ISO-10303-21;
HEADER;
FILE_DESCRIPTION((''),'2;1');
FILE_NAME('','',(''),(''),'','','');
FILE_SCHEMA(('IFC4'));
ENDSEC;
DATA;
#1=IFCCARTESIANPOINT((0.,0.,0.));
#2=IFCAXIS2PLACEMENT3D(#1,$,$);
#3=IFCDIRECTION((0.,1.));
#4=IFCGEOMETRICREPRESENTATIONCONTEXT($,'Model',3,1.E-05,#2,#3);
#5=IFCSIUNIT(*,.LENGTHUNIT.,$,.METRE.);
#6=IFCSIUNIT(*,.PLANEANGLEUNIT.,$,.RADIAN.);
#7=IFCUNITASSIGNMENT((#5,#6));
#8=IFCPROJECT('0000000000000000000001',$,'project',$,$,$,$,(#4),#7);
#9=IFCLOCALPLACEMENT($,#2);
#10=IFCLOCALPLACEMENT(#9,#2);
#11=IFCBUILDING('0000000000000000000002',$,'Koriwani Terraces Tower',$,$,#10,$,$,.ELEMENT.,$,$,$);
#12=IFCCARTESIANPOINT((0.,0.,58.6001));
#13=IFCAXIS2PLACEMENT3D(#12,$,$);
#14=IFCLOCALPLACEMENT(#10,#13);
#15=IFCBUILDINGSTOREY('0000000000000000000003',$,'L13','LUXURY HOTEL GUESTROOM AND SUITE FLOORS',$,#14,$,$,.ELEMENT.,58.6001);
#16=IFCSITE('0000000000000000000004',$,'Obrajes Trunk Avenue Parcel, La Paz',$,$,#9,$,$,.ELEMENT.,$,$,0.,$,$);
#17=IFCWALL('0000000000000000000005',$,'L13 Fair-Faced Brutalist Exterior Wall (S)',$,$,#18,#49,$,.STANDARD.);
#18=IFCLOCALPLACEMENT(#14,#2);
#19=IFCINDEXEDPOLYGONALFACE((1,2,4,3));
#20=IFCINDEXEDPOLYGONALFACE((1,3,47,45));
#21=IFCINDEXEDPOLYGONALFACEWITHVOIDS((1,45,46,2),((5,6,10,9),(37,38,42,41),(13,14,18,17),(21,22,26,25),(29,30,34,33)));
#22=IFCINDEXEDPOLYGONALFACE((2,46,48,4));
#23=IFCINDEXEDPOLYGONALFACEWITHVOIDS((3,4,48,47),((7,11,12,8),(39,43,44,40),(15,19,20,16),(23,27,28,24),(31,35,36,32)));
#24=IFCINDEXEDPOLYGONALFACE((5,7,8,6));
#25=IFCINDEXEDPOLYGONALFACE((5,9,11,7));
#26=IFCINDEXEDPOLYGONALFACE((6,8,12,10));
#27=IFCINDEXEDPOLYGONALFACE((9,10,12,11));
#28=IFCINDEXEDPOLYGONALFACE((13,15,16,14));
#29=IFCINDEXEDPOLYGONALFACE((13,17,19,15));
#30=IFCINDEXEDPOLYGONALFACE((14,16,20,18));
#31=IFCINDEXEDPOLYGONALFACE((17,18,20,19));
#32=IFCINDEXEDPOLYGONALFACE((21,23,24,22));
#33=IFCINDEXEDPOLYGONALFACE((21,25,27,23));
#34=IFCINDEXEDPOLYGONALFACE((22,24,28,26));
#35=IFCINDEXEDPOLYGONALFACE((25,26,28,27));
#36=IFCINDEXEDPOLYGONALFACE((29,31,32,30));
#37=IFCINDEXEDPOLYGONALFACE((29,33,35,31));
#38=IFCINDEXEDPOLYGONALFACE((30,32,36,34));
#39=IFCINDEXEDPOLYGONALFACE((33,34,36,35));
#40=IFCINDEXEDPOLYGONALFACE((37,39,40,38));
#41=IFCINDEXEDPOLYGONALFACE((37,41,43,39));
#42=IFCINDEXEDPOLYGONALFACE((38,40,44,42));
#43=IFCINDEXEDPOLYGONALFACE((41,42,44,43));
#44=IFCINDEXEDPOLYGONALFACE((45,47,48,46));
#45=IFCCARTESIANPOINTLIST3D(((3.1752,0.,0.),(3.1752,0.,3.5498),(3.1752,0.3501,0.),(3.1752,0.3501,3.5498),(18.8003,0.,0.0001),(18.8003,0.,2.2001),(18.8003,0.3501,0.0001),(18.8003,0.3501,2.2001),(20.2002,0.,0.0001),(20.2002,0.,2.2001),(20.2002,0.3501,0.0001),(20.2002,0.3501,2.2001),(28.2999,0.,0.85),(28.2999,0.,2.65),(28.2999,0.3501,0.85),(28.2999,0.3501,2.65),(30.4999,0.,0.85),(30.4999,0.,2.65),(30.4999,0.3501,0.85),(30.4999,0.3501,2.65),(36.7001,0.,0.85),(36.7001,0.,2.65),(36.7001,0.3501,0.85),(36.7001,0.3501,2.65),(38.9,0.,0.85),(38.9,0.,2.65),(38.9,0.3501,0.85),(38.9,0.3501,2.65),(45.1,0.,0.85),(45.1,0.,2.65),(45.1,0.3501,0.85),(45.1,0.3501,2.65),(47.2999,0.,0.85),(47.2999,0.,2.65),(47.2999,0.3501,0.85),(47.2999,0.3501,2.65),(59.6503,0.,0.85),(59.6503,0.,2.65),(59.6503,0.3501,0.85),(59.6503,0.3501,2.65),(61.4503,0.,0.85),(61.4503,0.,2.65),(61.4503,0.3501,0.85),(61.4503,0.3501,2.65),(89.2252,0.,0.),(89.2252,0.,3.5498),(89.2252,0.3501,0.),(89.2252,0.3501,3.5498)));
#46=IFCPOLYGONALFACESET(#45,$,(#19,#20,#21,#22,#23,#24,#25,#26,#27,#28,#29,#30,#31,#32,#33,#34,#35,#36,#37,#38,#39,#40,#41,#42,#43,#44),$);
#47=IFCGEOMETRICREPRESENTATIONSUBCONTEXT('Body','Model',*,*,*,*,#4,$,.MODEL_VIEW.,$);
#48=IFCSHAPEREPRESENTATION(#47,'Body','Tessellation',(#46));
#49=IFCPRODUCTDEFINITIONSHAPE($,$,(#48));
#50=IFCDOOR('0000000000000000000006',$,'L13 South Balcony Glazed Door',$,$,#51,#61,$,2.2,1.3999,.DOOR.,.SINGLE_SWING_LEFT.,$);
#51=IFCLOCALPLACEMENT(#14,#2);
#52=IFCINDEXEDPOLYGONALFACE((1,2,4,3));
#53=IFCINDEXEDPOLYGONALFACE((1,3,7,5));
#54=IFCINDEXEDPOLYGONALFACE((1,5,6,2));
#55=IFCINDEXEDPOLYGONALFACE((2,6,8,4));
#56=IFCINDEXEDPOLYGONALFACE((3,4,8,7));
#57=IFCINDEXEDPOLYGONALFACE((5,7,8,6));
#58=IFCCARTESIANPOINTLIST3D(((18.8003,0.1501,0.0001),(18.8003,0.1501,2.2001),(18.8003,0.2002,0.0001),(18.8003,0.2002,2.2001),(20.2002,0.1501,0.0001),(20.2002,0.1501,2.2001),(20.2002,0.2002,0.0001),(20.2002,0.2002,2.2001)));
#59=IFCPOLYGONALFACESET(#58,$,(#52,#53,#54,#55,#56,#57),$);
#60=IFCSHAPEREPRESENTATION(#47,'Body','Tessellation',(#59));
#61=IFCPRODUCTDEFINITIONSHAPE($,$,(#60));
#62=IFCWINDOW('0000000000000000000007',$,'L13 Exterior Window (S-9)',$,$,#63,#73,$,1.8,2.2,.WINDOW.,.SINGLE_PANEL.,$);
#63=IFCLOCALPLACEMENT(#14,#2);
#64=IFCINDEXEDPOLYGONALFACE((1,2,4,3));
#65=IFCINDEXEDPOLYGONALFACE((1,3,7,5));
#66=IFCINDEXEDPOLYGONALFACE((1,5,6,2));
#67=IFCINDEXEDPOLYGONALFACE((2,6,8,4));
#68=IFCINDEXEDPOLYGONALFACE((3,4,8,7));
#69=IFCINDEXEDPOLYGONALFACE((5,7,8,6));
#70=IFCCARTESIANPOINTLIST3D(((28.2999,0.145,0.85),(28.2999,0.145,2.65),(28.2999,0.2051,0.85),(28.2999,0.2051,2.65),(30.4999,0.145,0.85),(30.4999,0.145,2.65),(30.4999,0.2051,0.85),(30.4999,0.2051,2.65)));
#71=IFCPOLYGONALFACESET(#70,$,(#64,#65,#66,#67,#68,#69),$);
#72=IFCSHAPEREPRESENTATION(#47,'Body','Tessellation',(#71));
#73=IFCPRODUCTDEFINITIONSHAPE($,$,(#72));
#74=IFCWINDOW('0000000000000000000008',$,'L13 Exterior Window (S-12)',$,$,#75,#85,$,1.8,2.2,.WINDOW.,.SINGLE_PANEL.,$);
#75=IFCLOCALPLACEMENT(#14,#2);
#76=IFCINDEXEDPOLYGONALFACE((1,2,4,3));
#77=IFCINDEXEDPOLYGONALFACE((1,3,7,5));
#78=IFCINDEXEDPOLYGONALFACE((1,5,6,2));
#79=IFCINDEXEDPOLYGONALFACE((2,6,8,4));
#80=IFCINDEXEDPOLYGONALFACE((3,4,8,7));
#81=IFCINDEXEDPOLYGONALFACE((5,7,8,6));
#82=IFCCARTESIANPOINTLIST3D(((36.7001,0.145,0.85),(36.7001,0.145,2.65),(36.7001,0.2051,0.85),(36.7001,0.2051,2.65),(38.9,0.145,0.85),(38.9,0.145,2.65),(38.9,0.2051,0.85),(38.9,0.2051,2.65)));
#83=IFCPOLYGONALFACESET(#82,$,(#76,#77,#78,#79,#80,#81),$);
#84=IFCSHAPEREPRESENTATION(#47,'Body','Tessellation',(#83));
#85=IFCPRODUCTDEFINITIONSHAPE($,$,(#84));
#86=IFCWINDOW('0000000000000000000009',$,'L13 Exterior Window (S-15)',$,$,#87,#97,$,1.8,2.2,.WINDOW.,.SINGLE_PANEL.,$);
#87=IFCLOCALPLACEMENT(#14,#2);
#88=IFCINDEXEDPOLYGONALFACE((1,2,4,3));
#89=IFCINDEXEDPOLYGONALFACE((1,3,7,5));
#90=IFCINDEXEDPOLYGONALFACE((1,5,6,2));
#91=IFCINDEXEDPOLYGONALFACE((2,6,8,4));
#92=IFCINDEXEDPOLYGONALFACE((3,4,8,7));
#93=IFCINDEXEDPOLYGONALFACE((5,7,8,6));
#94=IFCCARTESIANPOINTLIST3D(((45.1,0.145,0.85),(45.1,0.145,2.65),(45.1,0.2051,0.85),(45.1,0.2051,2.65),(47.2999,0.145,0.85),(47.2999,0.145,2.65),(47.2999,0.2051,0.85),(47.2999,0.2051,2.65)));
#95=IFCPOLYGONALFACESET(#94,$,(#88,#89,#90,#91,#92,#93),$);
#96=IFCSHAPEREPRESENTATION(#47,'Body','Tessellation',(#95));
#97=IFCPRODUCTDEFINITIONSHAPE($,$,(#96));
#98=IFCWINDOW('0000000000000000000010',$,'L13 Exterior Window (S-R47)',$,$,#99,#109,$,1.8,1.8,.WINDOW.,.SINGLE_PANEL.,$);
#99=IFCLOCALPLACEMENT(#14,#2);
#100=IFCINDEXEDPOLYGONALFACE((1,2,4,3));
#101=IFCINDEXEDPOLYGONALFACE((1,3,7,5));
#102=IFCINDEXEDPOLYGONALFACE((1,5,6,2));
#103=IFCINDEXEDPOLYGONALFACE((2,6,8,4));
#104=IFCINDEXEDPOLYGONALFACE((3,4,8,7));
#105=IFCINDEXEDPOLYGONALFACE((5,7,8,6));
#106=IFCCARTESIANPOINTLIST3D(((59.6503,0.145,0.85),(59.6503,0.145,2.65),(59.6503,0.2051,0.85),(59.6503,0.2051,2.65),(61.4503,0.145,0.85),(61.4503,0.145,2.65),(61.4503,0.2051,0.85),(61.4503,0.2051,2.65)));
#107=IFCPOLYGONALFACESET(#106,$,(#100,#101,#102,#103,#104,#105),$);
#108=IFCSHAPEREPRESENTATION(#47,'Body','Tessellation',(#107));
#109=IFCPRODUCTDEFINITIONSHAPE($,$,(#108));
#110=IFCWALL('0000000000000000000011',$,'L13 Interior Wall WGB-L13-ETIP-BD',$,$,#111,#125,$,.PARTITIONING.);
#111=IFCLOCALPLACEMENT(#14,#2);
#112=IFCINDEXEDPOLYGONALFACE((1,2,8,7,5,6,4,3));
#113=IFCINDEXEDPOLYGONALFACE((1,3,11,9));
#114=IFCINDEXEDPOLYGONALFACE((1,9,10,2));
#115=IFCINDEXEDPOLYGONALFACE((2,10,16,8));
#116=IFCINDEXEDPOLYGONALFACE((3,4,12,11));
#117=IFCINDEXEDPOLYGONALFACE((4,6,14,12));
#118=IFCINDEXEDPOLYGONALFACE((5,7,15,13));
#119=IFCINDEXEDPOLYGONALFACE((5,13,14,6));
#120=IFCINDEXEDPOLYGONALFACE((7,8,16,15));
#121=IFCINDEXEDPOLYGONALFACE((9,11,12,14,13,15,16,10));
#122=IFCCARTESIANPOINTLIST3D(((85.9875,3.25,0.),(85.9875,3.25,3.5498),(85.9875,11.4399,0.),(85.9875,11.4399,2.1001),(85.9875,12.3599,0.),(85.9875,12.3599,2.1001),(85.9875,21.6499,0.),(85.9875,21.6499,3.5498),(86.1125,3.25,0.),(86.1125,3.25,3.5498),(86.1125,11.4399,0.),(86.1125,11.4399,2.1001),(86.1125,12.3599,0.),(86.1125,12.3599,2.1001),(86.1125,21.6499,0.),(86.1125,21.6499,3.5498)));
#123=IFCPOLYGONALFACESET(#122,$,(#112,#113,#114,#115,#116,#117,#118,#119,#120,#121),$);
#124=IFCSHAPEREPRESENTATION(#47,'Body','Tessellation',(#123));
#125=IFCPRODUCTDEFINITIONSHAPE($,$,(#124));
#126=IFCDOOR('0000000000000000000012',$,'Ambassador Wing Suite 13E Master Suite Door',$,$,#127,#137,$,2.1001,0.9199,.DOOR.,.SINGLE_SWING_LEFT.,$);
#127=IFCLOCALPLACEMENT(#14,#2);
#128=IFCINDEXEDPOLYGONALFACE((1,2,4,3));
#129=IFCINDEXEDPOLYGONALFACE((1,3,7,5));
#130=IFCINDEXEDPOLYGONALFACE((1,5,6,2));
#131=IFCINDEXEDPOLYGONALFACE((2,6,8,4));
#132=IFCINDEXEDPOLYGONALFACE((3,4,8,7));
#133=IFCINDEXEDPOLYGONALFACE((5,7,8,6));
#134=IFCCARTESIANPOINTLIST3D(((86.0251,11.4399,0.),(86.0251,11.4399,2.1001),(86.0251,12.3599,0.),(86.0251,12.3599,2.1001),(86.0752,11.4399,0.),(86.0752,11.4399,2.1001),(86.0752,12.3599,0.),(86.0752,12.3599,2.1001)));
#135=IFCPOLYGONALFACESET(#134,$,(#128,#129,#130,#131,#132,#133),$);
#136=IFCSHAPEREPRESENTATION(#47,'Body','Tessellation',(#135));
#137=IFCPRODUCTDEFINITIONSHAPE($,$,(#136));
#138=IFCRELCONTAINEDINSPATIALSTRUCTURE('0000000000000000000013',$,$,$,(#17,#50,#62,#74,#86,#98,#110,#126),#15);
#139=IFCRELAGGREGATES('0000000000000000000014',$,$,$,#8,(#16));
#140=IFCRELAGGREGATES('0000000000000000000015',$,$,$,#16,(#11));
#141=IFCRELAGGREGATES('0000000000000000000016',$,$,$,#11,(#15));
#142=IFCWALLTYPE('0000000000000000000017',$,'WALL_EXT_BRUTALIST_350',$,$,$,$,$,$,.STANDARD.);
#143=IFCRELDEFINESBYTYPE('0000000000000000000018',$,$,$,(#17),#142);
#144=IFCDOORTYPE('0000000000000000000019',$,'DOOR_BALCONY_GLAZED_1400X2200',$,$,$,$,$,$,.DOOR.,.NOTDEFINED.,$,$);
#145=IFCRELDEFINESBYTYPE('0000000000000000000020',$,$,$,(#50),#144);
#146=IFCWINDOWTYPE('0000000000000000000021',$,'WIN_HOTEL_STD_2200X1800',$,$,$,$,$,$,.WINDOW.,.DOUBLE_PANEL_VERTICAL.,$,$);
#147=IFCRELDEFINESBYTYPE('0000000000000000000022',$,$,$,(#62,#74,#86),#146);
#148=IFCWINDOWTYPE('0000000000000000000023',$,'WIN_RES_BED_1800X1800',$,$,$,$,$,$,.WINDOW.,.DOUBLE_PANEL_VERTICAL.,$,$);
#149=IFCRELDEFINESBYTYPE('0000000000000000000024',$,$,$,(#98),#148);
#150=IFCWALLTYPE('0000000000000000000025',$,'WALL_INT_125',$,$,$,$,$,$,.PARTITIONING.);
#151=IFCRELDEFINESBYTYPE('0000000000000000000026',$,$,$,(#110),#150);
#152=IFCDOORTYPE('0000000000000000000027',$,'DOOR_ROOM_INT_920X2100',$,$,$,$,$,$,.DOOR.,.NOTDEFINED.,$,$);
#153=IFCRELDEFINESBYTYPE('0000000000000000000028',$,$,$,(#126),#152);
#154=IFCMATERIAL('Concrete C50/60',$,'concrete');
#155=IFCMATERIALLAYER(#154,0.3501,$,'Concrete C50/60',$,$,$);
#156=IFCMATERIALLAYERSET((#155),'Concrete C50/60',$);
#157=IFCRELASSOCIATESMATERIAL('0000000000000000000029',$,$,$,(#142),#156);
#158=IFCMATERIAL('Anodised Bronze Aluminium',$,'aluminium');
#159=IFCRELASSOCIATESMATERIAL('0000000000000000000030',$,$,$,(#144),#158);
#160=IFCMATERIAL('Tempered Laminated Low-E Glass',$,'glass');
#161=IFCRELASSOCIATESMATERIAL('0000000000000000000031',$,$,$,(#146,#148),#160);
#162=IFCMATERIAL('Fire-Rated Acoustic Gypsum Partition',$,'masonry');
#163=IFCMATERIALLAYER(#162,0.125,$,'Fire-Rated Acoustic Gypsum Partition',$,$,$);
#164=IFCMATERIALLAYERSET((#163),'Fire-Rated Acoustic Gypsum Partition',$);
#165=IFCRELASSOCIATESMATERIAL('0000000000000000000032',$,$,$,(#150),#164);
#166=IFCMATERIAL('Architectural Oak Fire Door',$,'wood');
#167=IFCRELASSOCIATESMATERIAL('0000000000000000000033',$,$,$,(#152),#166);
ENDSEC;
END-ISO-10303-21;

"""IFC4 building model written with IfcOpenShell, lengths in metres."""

from ifc_helpers import new_model, si_unit, direction, frame, frame_2d, origin, place, context, subcontext, project, spatial, rectangle, extrude, material, layer, layer_set, type_object, element, fill, save


model = new_model("IFC4")

# Units and contexts
model_context = context("Model", 3, precision=1e-05, world=origin(), true_north=direction((0.0, 1.0)))
body_context = subcontext(model_context, "Body", "Model", "MODEL_VIEW")
ifc_project = project(units=[si_unit("LENGTHUNIT", "METRE"), si_unit("PLANEANGLEUNIT", "RADIAN")], contexts=[model_context])

# Site, building, storey
site_placement = place(None, origin())
site = spatial("IfcSite", under=ifc_project, at=site_placement, Name="Obrajes Trunk Avenue Parcel, La Paz", CompositionType="ELEMENT", RefElevation=0.0)
building_placement = place(site_placement, origin())
building = spatial("IfcBuilding", under=site, at=building_placement, Name="Koriwani Terraces Tower", CompositionType="ELEMENT")
storey_placement = place(building_placement, frame((0.0, 0.0, 58.6001)))
storey = spatial("IfcBuildingStorey", under=building, at=storey_placement, Name="L13", Description="LUXURY HOTEL GUESTROOM AND SUITE FLOORS", CompositionType="ELEMENT", Elevation=58.6001)

# Shared definitions
ifc_material_1 = material(Name="Concrete C50/60", Category="concrete")

# Shared definitions
ifc_layer_1 = layer(ifc_material_1, 0.3501, Name="Concrete C50/60")
ifc_layer_set_1 = layer_set([ifc_layer_1], Name="Concrete C50/60")
wall_type_1 = type_object("IfcWallType", Name="WALL_EXT_BRUTALIST_350", PredefinedType="STANDARD", material=ifc_layer_set_1)

# Wall, openings, door, windows
wall_1_placement = place(storey_placement, frame((89.2251, 0.175, 0.0), z_axis=(0.0, 0.0, 1.0), x_axis=(-1.0, 0.0, 0.0)))
wall_1 = element("IfcWall", 1, at=wall_1_placement, inside=storey, type_object=wall_type_1, Name="L13 Fair-Faced Brutalist Exterior Wall (S)", PredefinedType="STANDARD", context=body_context, shape_type="SweptSolid", body=[
    extrude(rectangle(XDim=86.05, YDim=0.3501, at=frame_2d((43.0249, 0.0))), origin(), (0.0, 0.0, 1.0), 3.5498),
])
opening_1_placement = place(wall_1_placement, frame((69.0249, 0.0, 0.0)))
opening_1 = element("IfcOpeningElement", 2, at=opening_1_placement, cuts=wall_1, PredefinedType="OPENING", context=body_context, shape_type="SweptSolid", body=[
    extrude(rectangle(XDim=1.3999, YDim=2.2, at=frame_2d((0.7, 1.1001))), frame((0.0, 0.1851, 0.0), z_axis=(0.0, -1.0, 0.0), x_axis=(1.0, 0.0, 0.0)), (0.0, 0.0, 1.0), 0.3701),
])
opening_2_placement = place(wall_1_placement, frame((58.7251, 0.0, 0.8501)))
opening_2 = element("IfcOpeningElement", 3, at=opening_2_placement, cuts=wall_1, PredefinedType="OPENING", context=body_context, shape_type="SweptSolid", body=[
    extrude(rectangle(XDim=2.2, YDim=1.8, at=frame_2d((1.1001, 0.8999))), frame((0.0, 0.1851, 0.0), z_axis=(0.0, -1.0, 0.0), x_axis=(1.0, 0.0, 0.0)), (0.0, 0.0, 1.0), 0.3701),
])
opening_3_placement = place(wall_1_placement, frame((50.325, 0.0, 0.8501)))
opening_3 = element("IfcOpeningElement", 4, at=opening_3_placement, cuts=wall_1, PredefinedType="OPENING", context=body_context, shape_type="SweptSolid", body=[
    extrude(rectangle(XDim=2.2, YDim=1.8, at=frame_2d((1.1001, 0.8999))), frame((0.0, 0.1851, 0.0), z_axis=(0.0, -1.0, 0.0), x_axis=(1.0, 0.0, 0.0)), (0.0, 0.0, 1.0), 0.3701),
])
opening_4_placement = place(wall_1_placement, frame((41.925, 0.0, 0.8501)))
opening_4 = element("IfcOpeningElement", 5, at=opening_4_placement, cuts=wall_1, PredefinedType="OPENING", context=body_context, shape_type="SweptSolid", body=[
    extrude(rectangle(XDim=2.2, YDim=1.8, at=frame_2d((1.1001, 0.8999))), frame((0.0, 0.1851, 0.0), z_axis=(0.0, -1.0, 0.0), x_axis=(1.0, 0.0, 0.0)), (0.0, 0.0, 1.0), 0.3701),
])
opening_5_placement = place(wall_1_placement, frame((27.7749, 0.0, 0.8501)))
opening_5 = element("IfcOpeningElement", 6, at=opening_5_placement, cuts=wall_1, PredefinedType="OPENING", context=body_context, shape_type="SweptSolid", body=[
    extrude(rectangle(XDim=1.8, YDim=1.8, at=frame_2d((0.8999, 0.8999))), frame((0.0, 0.1851, 0.0), z_axis=(0.0, -1.0, 0.0), x_axis=(1.0, 0.0, 0.0)), (0.0, 0.0, 1.0), 0.3701),
])
ifc_material_2 = material(Name="Anodised Bronze Aluminium", Category="aluminium")
door_type_1 = type_object("IfcDoorType", Name="DOOR_BALCONY_GLAZED_1400X2200", OperationType="NOTDEFINED", PredefinedType="DOOR", material=ifc_material_2)
door_1_placement = place(opening_1_placement, origin())
door_1 = element("IfcDoor", 7, at=door_1_placement, inside=storey, type_object=door_type_1, Name="L13 South Balcony Glazed Door", OperationType="SINGLE_SWING_LEFT", OverallHeight=2.2, OverallWidth=1.3999, PredefinedType="DOOR", context=body_context, shape_type="SweptSolid", body=[
    extrude(rectangle(XDim=1.3999, YDim=2.2, at=frame_2d((0.7, 1.1001))), frame((0.0, 0.0249, 0.0), z_axis=(0.0, -1.0, 0.0), x_axis=(1.0, 0.0, 0.0)), (0.0, 0.0, 1.0), 0.05),
])
fill(opening_1, door_1)
ifc_material_3 = material(Name="Tempered Laminated Low-E Glass", Category="glass")
window_type_1 = type_object("IfcWindowType", Name="WIN_HOTEL_STD_2200X1800", PartitioningType="DOUBLE_PANEL_VERTICAL", PredefinedType="WINDOW", material=ifc_material_3)
window_1_placement = place(opening_2_placement, origin())
window_1 = element("IfcWindow", 8, at=window_1_placement, inside=storey, type_object=window_type_1, Name="L13 Exterior Window (S-9)", OverallHeight=1.8, OverallWidth=2.2, PartitioningType="SINGLE_PANEL", PredefinedType="WINDOW", context=body_context, shape_type="SweptSolid", body=[
    extrude(rectangle(XDim=2.2, YDim=1.8, at=frame_2d((1.1001, 0.8999))), frame((0.0, 0.03, 0.0), z_axis=(0.0, -1.0, 0.0), x_axis=(1.0, 0.0, 0.0)), (0.0, 0.0, 1.0), 0.0601),
])
fill(opening_2, window_1)
window_2_placement = place(opening_3_placement, origin())
window_2 = element("IfcWindow", 9, at=window_2_placement, inside=storey, type_object=window_type_1, Name="L13 Exterior Window (S-12)", OverallHeight=1.8, OverallWidth=2.2, PartitioningType="SINGLE_PANEL", PredefinedType="WINDOW", context=body_context, shape_type="SweptSolid", body=[
    extrude(rectangle(XDim=2.2, YDim=1.8, at=frame_2d((1.1001, 0.8999))), frame((0.0, 0.03, 0.0), z_axis=(0.0, -1.0, 0.0), x_axis=(1.0, 0.0, 0.0)), (0.0, 0.0, 1.0), 0.0601),
])
fill(opening_3, window_2)
window_3_placement = place(opening_4_placement, origin())
window_3 = element("IfcWindow", 10, at=window_3_placement, inside=storey, type_object=window_type_1, Name="L13 Exterior Window (S-15)", OverallHeight=1.8, OverallWidth=2.2, PartitioningType="SINGLE_PANEL", PredefinedType="WINDOW", context=body_context, shape_type="SweptSolid", body=[
    extrude(rectangle(XDim=2.2, YDim=1.8, at=frame_2d((1.1001, 0.8999))), frame((0.0, 0.03, 0.0), z_axis=(0.0, -1.0, 0.0), x_axis=(1.0, 0.0, 0.0)), (0.0, 0.0, 1.0), 0.0601),
])
fill(opening_4, window_3)
window_type_2 = type_object("IfcWindowType", Name="WIN_RES_BED_1800X1800", PartitioningType="DOUBLE_PANEL_VERTICAL", PredefinedType="WINDOW", material=ifc_material_3)
window_4_placement = place(opening_5_placement, origin())
window_4 = element("IfcWindow", 11, at=window_4_placement, inside=storey, type_object=window_type_2, Name="L13 Exterior Window (S-R47)", OverallHeight=1.8, OverallWidth=1.8, PartitioningType="SINGLE_PANEL", PredefinedType="WINDOW", context=body_context, shape_type="SweptSolid", body=[
    extrude(rectangle(XDim=1.8, YDim=1.8, at=frame_2d((0.8999, 0.8999))), frame((0.0, 0.03, 0.0), z_axis=(0.0, -1.0, 0.0), x_axis=(1.0, 0.0, 0.0)), (0.0, 0.0, 1.0), 0.0601),
])
fill(opening_5, window_4)

# Wall, opening, door
ifc_material_4 = material(Name="Fire-Rated Acoustic Gypsum Partition", Category="masonry")
ifc_layer_2 = layer(ifc_material_4, 0.125, Name="Fire-Rated Acoustic Gypsum Partition")
ifc_layer_set_2 = layer_set([ifc_layer_2], Name="Fire-Rated Acoustic Gypsum Partition")
wall_type_2 = type_object("IfcWallType", Name="WALL_INT_125", PredefinedType="PARTITIONING", material=ifc_layer_set_2)
wall_2_placement = place(storey_placement, frame((86.05, 3.25, 0.0), z_axis=(0.0, 0.0, 1.0), x_axis=(0.0, 1.0, 0.0)))
wall_2 = element("IfcWall", 12, at=wall_2_placement, inside=storey, type_object=wall_type_2, Name="L13 Interior Wall WGB-L13-ETIP-BD", PredefinedType="PARTITIONING", context=body_context, shape_type="SweptSolid", body=[
    extrude(rectangle(XDim=18.3999, YDim=0.125, at=frame_2d((9.2, 0.0))), origin(), (0.0, 0.0, 1.0), 3.5498),
])
opening_6_placement = place(wall_2_placement, frame((8.1899, 0.0, 0.0)))
opening_6 = element("IfcOpeningElement", 13, at=opening_6_placement, cuts=wall_2, PredefinedType="OPENING", context=body_context, shape_type="SweptSolid", body=[
    extrude(rectangle(XDim=0.9199, YDim=2.1001, at=frame_2d((0.46, 1.05))), frame((0.0, 0.0725, 0.0), z_axis=(0.0, -1.0, 0.0), x_axis=(1.0, 0.0, 0.0)), (0.0, 0.0, 1.0), 0.145),
])
ifc_material_5 = material(Name="Architectural Oak Fire Door", Category="wood")
door_type_2 = type_object("IfcDoorType", Name="DOOR_ROOM_INT_920X2100", OperationType="NOTDEFINED", PredefinedType="DOOR", material=ifc_material_5)
door_2_placement = place(opening_6_placement, origin())
door_2 = element("IfcDoor", 14, at=door_2_placement, inside=storey, type_object=door_type_2, Name="Ambassador Wing Suite 13E Master Suite Door", OperationType="SINGLE_SWING_LEFT", OverallHeight=2.1001, OverallWidth=0.9199, PredefinedType="DOOR", context=body_context, shape_type="SweptSolid", body=[
    extrude(rectangle(XDim=0.9199, YDim=2.1001, at=frame_2d((0.46, 1.05))), frame((0.0, 0.0249, 0.0), z_axis=(0.0, -1.0, 0.0), x_axis=(1.0, 0.0, 0.0)), (0.0, 0.0, 1.0), 0.05),
])
fill(opening_6, door_2)

save(model, "model.ifc")
